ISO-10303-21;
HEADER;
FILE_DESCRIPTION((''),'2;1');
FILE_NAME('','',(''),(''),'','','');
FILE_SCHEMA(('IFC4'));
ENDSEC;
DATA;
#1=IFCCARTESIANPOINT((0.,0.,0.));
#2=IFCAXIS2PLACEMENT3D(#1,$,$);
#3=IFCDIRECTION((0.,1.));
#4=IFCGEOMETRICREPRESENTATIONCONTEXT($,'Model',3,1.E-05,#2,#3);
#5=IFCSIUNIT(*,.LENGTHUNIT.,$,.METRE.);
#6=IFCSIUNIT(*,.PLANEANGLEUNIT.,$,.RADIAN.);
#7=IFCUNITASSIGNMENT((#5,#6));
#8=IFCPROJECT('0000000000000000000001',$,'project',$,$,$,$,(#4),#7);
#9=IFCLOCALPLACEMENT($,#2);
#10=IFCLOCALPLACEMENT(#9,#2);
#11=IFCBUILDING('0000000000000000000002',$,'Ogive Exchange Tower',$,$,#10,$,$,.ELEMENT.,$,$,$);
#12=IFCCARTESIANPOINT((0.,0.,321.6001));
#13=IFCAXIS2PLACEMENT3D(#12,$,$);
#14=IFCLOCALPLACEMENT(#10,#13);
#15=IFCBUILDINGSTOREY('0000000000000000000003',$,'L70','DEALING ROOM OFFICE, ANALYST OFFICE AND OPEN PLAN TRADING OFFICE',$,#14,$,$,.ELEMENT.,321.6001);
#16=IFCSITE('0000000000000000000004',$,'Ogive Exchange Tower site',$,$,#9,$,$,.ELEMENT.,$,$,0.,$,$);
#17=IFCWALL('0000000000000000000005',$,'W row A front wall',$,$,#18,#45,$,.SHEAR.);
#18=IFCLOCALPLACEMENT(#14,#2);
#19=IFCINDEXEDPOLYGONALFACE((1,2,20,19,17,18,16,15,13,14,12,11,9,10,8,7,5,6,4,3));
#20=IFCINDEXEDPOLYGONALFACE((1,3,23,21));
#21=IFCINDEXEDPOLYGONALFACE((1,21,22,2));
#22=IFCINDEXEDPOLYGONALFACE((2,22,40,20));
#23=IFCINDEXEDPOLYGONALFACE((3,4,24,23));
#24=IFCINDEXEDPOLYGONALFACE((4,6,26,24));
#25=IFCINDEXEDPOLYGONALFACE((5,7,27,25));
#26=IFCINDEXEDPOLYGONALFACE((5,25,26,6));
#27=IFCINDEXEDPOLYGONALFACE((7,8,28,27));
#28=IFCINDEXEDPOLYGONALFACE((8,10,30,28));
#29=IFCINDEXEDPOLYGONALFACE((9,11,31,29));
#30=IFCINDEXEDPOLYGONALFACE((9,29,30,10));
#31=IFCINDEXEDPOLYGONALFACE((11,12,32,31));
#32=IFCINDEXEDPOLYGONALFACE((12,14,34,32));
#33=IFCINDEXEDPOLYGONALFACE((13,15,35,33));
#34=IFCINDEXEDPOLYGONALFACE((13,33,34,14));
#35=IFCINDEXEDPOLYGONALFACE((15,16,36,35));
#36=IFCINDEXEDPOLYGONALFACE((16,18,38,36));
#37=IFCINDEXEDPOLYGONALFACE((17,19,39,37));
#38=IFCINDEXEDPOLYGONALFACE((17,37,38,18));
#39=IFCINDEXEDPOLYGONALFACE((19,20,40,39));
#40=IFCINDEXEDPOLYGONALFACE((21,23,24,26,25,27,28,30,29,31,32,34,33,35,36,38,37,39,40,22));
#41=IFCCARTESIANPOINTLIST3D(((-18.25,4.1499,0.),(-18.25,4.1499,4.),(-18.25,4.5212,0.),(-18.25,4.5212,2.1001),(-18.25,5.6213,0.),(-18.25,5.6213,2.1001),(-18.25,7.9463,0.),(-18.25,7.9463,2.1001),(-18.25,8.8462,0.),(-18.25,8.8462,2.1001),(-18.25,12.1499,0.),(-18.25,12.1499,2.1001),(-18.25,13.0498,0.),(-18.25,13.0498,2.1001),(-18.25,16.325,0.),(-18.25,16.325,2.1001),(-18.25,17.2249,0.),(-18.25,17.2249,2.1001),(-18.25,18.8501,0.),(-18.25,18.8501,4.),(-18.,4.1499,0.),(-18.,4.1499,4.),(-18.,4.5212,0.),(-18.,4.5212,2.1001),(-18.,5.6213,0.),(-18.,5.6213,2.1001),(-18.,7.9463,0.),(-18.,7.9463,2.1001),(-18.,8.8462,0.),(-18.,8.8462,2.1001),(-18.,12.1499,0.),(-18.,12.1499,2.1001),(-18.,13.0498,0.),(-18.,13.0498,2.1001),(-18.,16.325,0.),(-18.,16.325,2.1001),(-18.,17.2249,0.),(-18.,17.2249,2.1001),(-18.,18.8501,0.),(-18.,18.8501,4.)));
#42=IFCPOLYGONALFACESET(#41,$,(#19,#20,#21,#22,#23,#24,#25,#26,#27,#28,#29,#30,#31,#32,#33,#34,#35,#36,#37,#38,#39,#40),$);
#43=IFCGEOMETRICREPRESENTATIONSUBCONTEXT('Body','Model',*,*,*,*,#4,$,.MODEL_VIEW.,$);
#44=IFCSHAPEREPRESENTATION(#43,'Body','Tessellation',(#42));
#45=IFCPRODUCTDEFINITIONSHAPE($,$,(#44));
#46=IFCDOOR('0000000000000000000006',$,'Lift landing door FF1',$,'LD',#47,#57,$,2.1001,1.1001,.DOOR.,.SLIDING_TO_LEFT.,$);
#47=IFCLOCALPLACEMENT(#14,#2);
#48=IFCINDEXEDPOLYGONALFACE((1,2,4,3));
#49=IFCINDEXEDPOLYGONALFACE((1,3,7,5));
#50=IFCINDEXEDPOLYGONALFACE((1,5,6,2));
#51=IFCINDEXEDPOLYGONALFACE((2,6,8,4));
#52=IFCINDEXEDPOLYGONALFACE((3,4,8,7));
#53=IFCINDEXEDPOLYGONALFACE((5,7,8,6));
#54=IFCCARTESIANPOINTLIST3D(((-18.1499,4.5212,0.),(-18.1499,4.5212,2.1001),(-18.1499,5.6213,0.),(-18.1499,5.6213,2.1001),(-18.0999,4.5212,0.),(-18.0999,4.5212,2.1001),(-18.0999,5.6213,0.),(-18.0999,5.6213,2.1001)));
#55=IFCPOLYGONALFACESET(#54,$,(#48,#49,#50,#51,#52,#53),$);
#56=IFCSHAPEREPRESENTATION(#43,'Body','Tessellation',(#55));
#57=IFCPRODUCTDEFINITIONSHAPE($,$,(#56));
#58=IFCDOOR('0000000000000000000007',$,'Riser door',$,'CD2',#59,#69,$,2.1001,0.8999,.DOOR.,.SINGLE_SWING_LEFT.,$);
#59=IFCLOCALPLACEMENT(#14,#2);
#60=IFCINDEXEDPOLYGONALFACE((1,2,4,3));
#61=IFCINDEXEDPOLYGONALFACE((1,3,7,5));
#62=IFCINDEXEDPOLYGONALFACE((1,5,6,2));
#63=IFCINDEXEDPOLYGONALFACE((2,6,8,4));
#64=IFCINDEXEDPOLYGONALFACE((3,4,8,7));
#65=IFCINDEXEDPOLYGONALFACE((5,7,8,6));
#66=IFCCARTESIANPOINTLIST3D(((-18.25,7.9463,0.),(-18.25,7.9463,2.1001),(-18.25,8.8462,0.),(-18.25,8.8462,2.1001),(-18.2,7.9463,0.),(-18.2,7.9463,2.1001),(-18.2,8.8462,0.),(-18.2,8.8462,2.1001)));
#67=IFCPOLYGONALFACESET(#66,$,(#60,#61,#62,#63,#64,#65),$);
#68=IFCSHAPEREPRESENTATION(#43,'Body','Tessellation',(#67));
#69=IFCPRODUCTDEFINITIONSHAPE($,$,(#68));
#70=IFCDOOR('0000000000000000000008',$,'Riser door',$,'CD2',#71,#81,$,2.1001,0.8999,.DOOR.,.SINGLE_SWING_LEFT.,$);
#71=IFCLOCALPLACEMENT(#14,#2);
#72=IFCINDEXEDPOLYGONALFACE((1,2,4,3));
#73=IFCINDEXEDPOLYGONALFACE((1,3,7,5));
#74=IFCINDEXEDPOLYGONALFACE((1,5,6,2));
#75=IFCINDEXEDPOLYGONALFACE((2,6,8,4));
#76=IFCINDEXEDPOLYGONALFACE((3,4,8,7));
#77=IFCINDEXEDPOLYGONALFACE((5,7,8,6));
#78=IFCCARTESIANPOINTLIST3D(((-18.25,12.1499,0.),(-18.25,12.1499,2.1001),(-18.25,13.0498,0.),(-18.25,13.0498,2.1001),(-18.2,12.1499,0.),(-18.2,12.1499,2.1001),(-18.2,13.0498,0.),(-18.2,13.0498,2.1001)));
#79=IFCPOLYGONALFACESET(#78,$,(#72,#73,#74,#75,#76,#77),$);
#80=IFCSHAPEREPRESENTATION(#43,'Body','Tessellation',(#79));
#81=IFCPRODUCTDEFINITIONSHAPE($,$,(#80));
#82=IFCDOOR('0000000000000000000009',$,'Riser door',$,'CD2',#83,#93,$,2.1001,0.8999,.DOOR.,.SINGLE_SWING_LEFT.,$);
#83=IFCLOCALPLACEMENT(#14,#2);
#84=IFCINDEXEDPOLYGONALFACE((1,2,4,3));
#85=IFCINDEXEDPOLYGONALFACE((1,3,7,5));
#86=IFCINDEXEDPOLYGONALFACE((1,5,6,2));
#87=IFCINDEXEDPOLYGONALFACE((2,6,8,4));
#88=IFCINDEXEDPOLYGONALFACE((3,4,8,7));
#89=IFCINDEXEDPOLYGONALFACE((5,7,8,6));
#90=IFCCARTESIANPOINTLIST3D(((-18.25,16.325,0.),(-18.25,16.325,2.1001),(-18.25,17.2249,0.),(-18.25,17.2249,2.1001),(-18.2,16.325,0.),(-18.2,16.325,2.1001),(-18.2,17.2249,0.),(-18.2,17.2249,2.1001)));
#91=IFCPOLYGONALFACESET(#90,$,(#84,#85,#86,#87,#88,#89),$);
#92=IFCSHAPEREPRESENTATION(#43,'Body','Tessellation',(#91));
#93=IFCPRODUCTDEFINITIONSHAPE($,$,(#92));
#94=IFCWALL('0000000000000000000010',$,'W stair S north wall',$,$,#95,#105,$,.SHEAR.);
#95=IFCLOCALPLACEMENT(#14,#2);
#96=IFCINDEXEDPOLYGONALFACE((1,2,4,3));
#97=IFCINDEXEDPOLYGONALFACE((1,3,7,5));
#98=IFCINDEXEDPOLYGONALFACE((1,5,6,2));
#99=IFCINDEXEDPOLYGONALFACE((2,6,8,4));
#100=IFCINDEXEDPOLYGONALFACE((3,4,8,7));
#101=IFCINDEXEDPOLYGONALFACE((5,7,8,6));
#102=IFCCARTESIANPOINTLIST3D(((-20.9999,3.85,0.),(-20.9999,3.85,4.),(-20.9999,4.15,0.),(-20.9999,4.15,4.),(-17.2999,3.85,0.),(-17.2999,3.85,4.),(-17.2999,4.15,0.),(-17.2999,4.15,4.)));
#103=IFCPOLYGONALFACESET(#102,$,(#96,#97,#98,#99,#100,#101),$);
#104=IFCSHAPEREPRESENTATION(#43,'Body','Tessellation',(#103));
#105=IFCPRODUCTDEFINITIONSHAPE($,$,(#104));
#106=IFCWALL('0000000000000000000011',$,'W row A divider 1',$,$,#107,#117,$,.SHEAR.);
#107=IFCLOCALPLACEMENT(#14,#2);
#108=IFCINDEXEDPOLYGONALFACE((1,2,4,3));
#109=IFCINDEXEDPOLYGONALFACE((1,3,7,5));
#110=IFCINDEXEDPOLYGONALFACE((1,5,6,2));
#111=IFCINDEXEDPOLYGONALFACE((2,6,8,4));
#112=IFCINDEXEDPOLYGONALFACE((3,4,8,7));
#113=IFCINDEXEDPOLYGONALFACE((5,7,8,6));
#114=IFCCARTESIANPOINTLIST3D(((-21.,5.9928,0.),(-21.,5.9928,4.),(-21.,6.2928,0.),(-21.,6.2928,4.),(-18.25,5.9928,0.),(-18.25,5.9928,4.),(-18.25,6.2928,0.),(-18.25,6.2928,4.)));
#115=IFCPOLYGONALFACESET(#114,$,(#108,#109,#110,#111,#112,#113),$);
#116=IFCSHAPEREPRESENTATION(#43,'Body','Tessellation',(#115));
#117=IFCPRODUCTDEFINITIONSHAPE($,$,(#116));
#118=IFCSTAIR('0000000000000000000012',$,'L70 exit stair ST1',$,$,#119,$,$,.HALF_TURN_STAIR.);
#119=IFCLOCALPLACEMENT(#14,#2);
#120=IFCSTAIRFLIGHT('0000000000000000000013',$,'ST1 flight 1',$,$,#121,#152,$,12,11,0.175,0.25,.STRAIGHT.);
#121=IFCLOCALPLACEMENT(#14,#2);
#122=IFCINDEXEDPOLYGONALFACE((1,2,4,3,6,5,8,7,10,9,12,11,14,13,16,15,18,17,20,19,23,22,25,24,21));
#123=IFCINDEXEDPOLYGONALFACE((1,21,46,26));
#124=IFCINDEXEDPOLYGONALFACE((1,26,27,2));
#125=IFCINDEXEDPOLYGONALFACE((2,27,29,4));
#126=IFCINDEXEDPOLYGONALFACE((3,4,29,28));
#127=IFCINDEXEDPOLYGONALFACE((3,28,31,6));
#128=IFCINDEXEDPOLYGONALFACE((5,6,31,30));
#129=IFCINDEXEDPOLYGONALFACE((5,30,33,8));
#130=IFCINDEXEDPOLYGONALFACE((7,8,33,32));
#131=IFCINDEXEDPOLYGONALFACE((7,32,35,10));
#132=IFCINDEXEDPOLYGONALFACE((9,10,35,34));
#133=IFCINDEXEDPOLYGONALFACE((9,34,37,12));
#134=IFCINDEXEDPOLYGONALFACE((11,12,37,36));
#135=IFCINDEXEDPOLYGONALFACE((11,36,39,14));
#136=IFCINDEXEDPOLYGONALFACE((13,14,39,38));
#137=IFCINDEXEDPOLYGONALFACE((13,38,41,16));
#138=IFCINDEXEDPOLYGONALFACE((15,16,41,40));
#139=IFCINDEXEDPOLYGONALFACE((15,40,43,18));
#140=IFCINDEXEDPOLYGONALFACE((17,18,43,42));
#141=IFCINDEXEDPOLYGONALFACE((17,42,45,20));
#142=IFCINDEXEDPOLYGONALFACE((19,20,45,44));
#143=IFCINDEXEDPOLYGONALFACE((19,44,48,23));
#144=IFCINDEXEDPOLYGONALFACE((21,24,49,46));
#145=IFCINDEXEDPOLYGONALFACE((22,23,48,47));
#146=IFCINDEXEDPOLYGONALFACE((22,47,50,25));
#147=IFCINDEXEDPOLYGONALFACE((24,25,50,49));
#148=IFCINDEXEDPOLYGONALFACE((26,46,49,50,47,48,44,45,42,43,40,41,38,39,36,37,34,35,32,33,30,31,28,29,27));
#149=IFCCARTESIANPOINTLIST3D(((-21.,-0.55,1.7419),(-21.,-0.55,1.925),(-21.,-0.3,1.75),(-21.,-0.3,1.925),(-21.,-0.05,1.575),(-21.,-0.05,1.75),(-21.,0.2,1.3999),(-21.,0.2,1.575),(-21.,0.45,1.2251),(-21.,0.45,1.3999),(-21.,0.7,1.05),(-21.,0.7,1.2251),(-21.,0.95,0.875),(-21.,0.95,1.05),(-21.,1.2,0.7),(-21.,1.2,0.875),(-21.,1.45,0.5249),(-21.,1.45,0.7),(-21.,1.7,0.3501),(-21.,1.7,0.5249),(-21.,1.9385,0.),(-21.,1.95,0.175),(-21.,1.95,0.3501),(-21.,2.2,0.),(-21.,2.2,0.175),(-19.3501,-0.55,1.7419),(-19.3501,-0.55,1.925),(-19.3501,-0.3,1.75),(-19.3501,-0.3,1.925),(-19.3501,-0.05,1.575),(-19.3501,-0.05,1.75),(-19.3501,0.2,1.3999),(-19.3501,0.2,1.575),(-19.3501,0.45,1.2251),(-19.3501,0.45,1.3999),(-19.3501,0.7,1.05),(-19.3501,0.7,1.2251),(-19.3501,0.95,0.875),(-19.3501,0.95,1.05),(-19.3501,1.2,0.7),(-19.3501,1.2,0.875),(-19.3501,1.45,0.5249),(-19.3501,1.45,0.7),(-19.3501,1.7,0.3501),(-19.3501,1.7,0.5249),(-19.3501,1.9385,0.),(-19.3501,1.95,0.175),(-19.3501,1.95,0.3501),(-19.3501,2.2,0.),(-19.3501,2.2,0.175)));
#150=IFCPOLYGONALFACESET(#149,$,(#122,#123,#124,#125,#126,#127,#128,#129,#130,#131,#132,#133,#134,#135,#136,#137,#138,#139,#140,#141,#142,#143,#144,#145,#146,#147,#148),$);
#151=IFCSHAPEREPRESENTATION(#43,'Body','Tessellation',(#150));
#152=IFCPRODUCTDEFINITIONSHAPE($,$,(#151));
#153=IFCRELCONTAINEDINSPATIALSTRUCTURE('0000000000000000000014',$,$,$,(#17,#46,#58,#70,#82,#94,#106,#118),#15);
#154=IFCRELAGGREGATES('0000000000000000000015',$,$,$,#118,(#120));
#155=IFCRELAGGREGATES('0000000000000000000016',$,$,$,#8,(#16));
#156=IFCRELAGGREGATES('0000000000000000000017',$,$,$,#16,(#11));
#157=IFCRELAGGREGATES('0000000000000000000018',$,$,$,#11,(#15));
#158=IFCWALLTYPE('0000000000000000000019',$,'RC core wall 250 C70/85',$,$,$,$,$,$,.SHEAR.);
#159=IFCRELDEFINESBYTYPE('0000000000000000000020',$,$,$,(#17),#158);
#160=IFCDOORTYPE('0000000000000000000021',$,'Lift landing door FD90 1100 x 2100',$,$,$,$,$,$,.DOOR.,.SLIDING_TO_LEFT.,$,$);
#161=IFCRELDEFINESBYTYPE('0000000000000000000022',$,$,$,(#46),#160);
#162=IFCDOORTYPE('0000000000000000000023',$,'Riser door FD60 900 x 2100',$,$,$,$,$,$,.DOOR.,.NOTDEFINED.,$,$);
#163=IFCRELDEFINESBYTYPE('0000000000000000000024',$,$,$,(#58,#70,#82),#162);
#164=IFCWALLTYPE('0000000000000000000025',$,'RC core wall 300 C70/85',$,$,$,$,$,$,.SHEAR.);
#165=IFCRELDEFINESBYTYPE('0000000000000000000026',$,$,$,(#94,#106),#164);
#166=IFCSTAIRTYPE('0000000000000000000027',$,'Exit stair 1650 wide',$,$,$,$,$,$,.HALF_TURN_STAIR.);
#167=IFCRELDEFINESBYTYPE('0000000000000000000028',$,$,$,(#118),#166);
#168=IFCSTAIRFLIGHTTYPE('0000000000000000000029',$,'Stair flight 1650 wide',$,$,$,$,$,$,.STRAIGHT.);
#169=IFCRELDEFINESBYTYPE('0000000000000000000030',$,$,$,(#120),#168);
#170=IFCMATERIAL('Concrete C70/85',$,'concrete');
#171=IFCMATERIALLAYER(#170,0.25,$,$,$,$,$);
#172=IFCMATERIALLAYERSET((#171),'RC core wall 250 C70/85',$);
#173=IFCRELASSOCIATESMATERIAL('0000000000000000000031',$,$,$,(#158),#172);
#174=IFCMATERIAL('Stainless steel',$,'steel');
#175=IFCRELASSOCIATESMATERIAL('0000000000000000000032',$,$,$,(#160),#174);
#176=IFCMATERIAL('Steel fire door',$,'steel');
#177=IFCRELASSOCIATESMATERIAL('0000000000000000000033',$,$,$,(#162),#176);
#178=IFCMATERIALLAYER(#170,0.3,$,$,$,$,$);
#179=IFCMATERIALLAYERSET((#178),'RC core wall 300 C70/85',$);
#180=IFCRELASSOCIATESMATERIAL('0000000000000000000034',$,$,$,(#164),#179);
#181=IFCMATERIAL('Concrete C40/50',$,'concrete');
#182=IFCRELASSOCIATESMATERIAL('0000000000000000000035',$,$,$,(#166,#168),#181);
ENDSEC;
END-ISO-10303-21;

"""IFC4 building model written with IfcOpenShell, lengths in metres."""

from ifc_helpers import new_model, si_unit, direction, frame, frame_2d, origin, place, context, subcontext, project, spatial, polyline, rectangle, outline, extrude, material, layer, layer_set, type_object, element, fill, aggregate, save


model = new_model("IFC4")

# Units and contexts
model_context = context("Model", 3, precision=1e-05, world=origin(), true_north=direction((0.0, 1.0)))
body_context = subcontext(model_context, "Body", "Model", "MODEL_VIEW")
ifc_project = project(units=[si_unit("LENGTHUNIT", "METRE"), si_unit("PLANEANGLEUNIT", "RADIAN")], contexts=[model_context])

# Site, building, storey
site_placement = place(None, origin())
site = spatial("IfcSite", under=ifc_project, at=site_placement, Name="Ogive Exchange Tower site", CompositionType="ELEMENT", RefElevation=0.0)
building_placement = place(site_placement, origin())
building = spatial("IfcBuilding", under=site, at=building_placement, Name="Ogive Exchange Tower", CompositionType="ELEMENT")
storey_placement = place(building_placement, frame((0.0, 0.0, 321.6001)))
storey = spatial("IfcBuildingStorey", under=building, at=storey_placement, Name="L70", Description="DEALING ROOM OFFICE, ANALYST OFFICE AND OPEN PLAN TRADING OFFICE", CompositionType="ELEMENT", Elevation=321.6001)

# Wall, openings, doors
ifc_material_1 = material(Name="Concrete C70/85", Category="concrete")
ifc_layer_1 = layer(ifc_material_1, 0.25)
ifc_layer_set_1 = layer_set([ifc_layer_1], Name="RC core wall 250 C70/85")
wall_type_1 = type_object("IfcWallType", Name="RC core wall 250 C70/85", PredefinedType="SHEAR", material=ifc_layer_set_1)
wall_1_placement = place(storey_placement, frame((-18.125, 4.1499, 0.0), z_axis=(0.0, 0.0, 1.0), x_axis=(0.0, 1.0, 0.0)))
wall_1 = element("IfcWall", 1, at=wall_1_placement, inside=storey, type_object=wall_type_1, Name="W row A front wall", PredefinedType="SHEAR", context=body_context, shape_type="SweptSolid", body=[
    extrude(rectangle(XDim=14.7002, YDim=0.25, at=frame_2d((7.3501, 0.0))), origin(), (0.0, 0.0, 1.0), 4.0),
])
opening_1_placement = place(wall_1_placement, frame((3.7964, 0.0, 0.0)))
opening_1 = element("IfcOpeningElement", 2, at=opening_1_placement, cuts=wall_1, PredefinedType="OPENING", context=body_context, shape_type="SweptSolid", body=[
    extrude(rectangle(XDim=0.8999, YDim=2.1001, at=frame_2d((0.45, 1.05))), frame((0.0, 0.135, 0.0), z_axis=(0.0, -1.0, 0.0), x_axis=(1.0, 0.0, 0.0)), (0.0, 0.0, 1.0), 0.27),
])
opening_2_placement = place(wall_1_placement, frame((8.0, 0.0, 0.0)))
opening_2 = element("IfcOpeningElement", 3, at=opening_2_placement, cuts=wall_1, PredefinedType="OPENING", context=body_context, shape_type="SweptSolid", body=[
    extrude(rectangle(XDim=0.8999, YDim=2.1001, at=frame_2d((0.45, 1.05))), frame((0.0, 0.135, 0.0), z_axis=(0.0, -1.0, 0.0), x_axis=(1.0, 0.0, 0.0)), (0.0, 0.0, 1.0), 0.27),
])
opening_3_placement = place(wall_1_placement, frame((12.175, 0.0, 0.0)))
opening_3 = element("IfcOpeningElement", 4, at=opening_3_placement, cuts=wall_1, PredefinedType="OPENING", context=body_context, shape_type="SweptSolid", body=[
    extrude(rectangle(XDim=0.8999, YDim=2.1001, at=frame_2d((0.45, 1.05))), frame((0.0, 0.135, 0.0), z_axis=(0.0, -1.0, 0.0), x_axis=(1.0, 0.0, 0.0)), (0.0, 0.0, 1.0), 0.27),
])
opening_4_placement = place(wall_1_placement, frame((0.3713, 0.0, 0.0)))
opening_4 = element("IfcOpeningElement", 5, at=opening_4_placement, cuts=wall_1, PredefinedType="OPENING", context=body_context, shape_type="SweptSolid", body=[
    extrude(rectangle(XDim=1.1001, YDim=2.1001, at=frame_2d((0.55, 1.05))), frame((0.0, 0.135, 0.0), z_axis=(0.0, -1.0, 0.0), x_axis=(1.0, 0.0, 0.0)), (0.0, 0.0, 1.0), 0.27),
])
ifc_material_2 = material(Name="Stainless steel", Category="steel")
door_type_1 = type_object("IfcDoorType", Name="Lift landing door FD90 1100 x 2100", OperationType="SLIDING_TO_LEFT", PredefinedType="DOOR", material=ifc_material_2)
door_1_placement = place(opening_4_placement, origin())
door_1 = element("IfcDoor", 6, at=door_1_placement, inside=storey, type_object=door_type_1, Name="Lift landing door FF1", ObjectType="LD", OperationType="SLIDING_TO_LEFT", OverallHeight=2.1001, OverallWidth=1.1001, PredefinedType="DOOR", context=body_context, shape_type="SweptSolid", body=[
    extrude(rectangle(XDim=1.1001, YDim=2.1001, at=frame_2d((0.55, 1.05))), frame((0.0, 0.0249, 0.0), z_axis=(0.0, -1.0, 0.0), x_axis=(1.0, 0.0, 0.0)), (0.0, 0.0, 1.0), 0.05),
])
fill(opening_4, door_1)
ifc_material_3 = material(Name="Steel fire door", Category="steel")
door_type_2 = type_object("IfcDoorType", Name="Riser door FD60 900 x 2100", OperationType="NOTDEFINED", PredefinedType="DOOR", material=ifc_material_3)
door_2_placement = place(opening_1_placement, origin())
door_2 = element("IfcDoor", 7, at=door_2_placement, inside=storey, type_object=door_type_2, Name="Riser door", ObjectType="CD2", OperationType="SINGLE_SWING_LEFT", OverallHeight=2.1001, OverallWidth=0.8999, PredefinedType="DOOR", context=body_context, shape_type="SweptSolid", body=[
    extrude(rectangle(XDim=0.8999, YDim=2.1001, at=frame_2d((0.45, 1.05))), frame((0.0, 0.125, 0.0), z_axis=(0.0, -1.0, 0.0), x_axis=(1.0, 0.0, 0.0)), (0.0, 0.0, 1.0), 0.05),
])
fill(opening_1, door_2)
door_3_placement = place(opening_2_placement, origin())
door_3 = element("IfcDoor", 8, at=door_3_placement, inside=storey, type_object=door_type_2, Name="Riser door", ObjectType="CD2", OperationType="SINGLE_SWING_LEFT", OverallHeight=2.1001, OverallWidth=0.8999, PredefinedType="DOOR", context=body_context, shape_type="SweptSolid", body=[
    extrude(rectangle(XDim=0.8999, YDim=2.1001, at=frame_2d((0.45, 1.05))), frame((0.0, 0.125, 0.0), z_axis=(0.0, -1.0, 0.0), x_axis=(1.0, 0.0, 0.0)), (0.0, 0.0, 1.0), 0.05),
])
fill(opening_2, door_3)
door_4_placement = place(opening_3_placement, origin())
door_4 = element("IfcDoor", 9, at=door_4_placement, inside=storey, type_object=door_type_2, Name="Riser door", ObjectType="CD2", OperationType="SINGLE_SWING_LEFT", OverallHeight=2.1001, OverallWidth=0.8999, PredefinedType="DOOR", context=body_context, shape_type="SweptSolid", body=[
    extrude(rectangle(XDim=0.8999, YDim=2.1001, at=frame_2d((0.45, 1.05))), frame((0.0, 0.125, 0.0), z_axis=(0.0, -1.0, 0.0), x_axis=(1.0, 0.0, 0.0)), (0.0, 0.0, 1.0), 0.05),
])
fill(opening_3, door_4)

# Walls
ifc_layer_2 = layer(ifc_material_1, 0.3)
ifc_layer_set_2 = layer_set([ifc_layer_2], Name="RC core wall 300 C70/85")
wall_type_2 = type_object("IfcWallType", Name="RC core wall 300 C70/85", PredefinedType="SHEAR", material=ifc_layer_set_2)
wall_2_placement = place(storey_placement, frame((-21.0, 4.0, 0.0), z_axis=(0.0, 0.0, 1.0), x_axis=(1.0, 0.0, 0.0)))
element("IfcWall", 10, at=wall_2_placement, inside=storey, type_object=wall_type_2, Name="W stair S north wall", PredefinedType="SHEAR", context=body_context, shape_type="SweptSolid", body=[
    extrude(rectangle(XDim=3.7, YDim=0.3, at=frame_2d((1.8501, 0.0))), origin(), (0.0, 0.0, 1.0), 4.0),
])
wall_3_placement = place(storey_placement, frame((-21.0, 6.1428, 0.0), z_axis=(0.0, 0.0, 1.0), x_axis=(1.0, 0.0, 0.0)))
element("IfcWall", 11, at=wall_3_placement, inside=storey, type_object=wall_type_2, Name="W row A divider 1", PredefinedType="SHEAR", context=body_context, shape_type="SweptSolid", body=[
    extrude(rectangle(XDim=2.75, YDim=0.3, at=frame_2d((1.375, 0.0))), origin(), (0.0, 0.0, 1.0), 4.0),
])

# Stair, stair flight
ifc_material_4 = material(Name="Concrete C40/50", Category="concrete")
stair_type = type_object("IfcStairType", Name="Exit stair 1650 wide", PredefinedType="HALF_TURN_STAIR", material=ifc_material_4)
stair_placement = place(storey_placement, origin())
stair = element("IfcStair", 12, at=stair_placement, inside=storey, type_object=stair_type, Name="L70 exit stair ST1", PredefinedType="HALF_TURN_STAIR")
stair_flight_type = type_object("IfcStairFlightType", Name="Stair flight 1650 wide", PredefinedType="STRAIGHT", material=ifc_material_4)
stair_flight_1_placement = place(storey_placement, frame((-20.175, 2.2, 0.0), z_axis=(0.0, 0.0, 1.0), x_axis=(0.0, -1.0, 0.0)))
stair_flight_1 = element("IfcStairFlight", 13, at=stair_flight_1_placement, type_object=stair_flight_type, Name="ST1 flight 1", NumberOfRisers=12, NumberOfTreads=11, PredefinedType="STRAIGHT", RiserHeight=0.175, TreadLength=0.25, context=body_context, shape_type="SweptSolid", body=[
    extrude(outline(polyline([(0.0, 0.0), (0.0, 0.175), (0.25, 0.175), (0.25, 0.3501), (0.5, 0.3501), (0.5, 0.5249), (0.75, 0.5249), (0.75, 0.7), (1.0, 0.7), (1.0, 0.875), (1.25, 0.875), (1.25, 1.05), (1.5, 1.05), (1.5, 1.2251), (1.75, 1.2251), (1.75, 1.3999), (2.0, 1.3999), (2.0, 1.575), (2.25, 1.575), (2.25, 1.75), (2.5, 1.75), (2.5, 1.925), (2.75, 1.925), (2.75, 2.1001), (2.75, 1.7419), (0.2615, 0.0), (0.0, 0.0)])), frame((0.0, 0.825, 0.0), z_axis=(0.0, -1.0, 0.0), x_axis=(1.0, 0.0, 0.0)), (0.0, 0.0, 1.0), 1.6499),
])
aggregate(stair, [stair_flight_1])

save(model, "model.ifc")
